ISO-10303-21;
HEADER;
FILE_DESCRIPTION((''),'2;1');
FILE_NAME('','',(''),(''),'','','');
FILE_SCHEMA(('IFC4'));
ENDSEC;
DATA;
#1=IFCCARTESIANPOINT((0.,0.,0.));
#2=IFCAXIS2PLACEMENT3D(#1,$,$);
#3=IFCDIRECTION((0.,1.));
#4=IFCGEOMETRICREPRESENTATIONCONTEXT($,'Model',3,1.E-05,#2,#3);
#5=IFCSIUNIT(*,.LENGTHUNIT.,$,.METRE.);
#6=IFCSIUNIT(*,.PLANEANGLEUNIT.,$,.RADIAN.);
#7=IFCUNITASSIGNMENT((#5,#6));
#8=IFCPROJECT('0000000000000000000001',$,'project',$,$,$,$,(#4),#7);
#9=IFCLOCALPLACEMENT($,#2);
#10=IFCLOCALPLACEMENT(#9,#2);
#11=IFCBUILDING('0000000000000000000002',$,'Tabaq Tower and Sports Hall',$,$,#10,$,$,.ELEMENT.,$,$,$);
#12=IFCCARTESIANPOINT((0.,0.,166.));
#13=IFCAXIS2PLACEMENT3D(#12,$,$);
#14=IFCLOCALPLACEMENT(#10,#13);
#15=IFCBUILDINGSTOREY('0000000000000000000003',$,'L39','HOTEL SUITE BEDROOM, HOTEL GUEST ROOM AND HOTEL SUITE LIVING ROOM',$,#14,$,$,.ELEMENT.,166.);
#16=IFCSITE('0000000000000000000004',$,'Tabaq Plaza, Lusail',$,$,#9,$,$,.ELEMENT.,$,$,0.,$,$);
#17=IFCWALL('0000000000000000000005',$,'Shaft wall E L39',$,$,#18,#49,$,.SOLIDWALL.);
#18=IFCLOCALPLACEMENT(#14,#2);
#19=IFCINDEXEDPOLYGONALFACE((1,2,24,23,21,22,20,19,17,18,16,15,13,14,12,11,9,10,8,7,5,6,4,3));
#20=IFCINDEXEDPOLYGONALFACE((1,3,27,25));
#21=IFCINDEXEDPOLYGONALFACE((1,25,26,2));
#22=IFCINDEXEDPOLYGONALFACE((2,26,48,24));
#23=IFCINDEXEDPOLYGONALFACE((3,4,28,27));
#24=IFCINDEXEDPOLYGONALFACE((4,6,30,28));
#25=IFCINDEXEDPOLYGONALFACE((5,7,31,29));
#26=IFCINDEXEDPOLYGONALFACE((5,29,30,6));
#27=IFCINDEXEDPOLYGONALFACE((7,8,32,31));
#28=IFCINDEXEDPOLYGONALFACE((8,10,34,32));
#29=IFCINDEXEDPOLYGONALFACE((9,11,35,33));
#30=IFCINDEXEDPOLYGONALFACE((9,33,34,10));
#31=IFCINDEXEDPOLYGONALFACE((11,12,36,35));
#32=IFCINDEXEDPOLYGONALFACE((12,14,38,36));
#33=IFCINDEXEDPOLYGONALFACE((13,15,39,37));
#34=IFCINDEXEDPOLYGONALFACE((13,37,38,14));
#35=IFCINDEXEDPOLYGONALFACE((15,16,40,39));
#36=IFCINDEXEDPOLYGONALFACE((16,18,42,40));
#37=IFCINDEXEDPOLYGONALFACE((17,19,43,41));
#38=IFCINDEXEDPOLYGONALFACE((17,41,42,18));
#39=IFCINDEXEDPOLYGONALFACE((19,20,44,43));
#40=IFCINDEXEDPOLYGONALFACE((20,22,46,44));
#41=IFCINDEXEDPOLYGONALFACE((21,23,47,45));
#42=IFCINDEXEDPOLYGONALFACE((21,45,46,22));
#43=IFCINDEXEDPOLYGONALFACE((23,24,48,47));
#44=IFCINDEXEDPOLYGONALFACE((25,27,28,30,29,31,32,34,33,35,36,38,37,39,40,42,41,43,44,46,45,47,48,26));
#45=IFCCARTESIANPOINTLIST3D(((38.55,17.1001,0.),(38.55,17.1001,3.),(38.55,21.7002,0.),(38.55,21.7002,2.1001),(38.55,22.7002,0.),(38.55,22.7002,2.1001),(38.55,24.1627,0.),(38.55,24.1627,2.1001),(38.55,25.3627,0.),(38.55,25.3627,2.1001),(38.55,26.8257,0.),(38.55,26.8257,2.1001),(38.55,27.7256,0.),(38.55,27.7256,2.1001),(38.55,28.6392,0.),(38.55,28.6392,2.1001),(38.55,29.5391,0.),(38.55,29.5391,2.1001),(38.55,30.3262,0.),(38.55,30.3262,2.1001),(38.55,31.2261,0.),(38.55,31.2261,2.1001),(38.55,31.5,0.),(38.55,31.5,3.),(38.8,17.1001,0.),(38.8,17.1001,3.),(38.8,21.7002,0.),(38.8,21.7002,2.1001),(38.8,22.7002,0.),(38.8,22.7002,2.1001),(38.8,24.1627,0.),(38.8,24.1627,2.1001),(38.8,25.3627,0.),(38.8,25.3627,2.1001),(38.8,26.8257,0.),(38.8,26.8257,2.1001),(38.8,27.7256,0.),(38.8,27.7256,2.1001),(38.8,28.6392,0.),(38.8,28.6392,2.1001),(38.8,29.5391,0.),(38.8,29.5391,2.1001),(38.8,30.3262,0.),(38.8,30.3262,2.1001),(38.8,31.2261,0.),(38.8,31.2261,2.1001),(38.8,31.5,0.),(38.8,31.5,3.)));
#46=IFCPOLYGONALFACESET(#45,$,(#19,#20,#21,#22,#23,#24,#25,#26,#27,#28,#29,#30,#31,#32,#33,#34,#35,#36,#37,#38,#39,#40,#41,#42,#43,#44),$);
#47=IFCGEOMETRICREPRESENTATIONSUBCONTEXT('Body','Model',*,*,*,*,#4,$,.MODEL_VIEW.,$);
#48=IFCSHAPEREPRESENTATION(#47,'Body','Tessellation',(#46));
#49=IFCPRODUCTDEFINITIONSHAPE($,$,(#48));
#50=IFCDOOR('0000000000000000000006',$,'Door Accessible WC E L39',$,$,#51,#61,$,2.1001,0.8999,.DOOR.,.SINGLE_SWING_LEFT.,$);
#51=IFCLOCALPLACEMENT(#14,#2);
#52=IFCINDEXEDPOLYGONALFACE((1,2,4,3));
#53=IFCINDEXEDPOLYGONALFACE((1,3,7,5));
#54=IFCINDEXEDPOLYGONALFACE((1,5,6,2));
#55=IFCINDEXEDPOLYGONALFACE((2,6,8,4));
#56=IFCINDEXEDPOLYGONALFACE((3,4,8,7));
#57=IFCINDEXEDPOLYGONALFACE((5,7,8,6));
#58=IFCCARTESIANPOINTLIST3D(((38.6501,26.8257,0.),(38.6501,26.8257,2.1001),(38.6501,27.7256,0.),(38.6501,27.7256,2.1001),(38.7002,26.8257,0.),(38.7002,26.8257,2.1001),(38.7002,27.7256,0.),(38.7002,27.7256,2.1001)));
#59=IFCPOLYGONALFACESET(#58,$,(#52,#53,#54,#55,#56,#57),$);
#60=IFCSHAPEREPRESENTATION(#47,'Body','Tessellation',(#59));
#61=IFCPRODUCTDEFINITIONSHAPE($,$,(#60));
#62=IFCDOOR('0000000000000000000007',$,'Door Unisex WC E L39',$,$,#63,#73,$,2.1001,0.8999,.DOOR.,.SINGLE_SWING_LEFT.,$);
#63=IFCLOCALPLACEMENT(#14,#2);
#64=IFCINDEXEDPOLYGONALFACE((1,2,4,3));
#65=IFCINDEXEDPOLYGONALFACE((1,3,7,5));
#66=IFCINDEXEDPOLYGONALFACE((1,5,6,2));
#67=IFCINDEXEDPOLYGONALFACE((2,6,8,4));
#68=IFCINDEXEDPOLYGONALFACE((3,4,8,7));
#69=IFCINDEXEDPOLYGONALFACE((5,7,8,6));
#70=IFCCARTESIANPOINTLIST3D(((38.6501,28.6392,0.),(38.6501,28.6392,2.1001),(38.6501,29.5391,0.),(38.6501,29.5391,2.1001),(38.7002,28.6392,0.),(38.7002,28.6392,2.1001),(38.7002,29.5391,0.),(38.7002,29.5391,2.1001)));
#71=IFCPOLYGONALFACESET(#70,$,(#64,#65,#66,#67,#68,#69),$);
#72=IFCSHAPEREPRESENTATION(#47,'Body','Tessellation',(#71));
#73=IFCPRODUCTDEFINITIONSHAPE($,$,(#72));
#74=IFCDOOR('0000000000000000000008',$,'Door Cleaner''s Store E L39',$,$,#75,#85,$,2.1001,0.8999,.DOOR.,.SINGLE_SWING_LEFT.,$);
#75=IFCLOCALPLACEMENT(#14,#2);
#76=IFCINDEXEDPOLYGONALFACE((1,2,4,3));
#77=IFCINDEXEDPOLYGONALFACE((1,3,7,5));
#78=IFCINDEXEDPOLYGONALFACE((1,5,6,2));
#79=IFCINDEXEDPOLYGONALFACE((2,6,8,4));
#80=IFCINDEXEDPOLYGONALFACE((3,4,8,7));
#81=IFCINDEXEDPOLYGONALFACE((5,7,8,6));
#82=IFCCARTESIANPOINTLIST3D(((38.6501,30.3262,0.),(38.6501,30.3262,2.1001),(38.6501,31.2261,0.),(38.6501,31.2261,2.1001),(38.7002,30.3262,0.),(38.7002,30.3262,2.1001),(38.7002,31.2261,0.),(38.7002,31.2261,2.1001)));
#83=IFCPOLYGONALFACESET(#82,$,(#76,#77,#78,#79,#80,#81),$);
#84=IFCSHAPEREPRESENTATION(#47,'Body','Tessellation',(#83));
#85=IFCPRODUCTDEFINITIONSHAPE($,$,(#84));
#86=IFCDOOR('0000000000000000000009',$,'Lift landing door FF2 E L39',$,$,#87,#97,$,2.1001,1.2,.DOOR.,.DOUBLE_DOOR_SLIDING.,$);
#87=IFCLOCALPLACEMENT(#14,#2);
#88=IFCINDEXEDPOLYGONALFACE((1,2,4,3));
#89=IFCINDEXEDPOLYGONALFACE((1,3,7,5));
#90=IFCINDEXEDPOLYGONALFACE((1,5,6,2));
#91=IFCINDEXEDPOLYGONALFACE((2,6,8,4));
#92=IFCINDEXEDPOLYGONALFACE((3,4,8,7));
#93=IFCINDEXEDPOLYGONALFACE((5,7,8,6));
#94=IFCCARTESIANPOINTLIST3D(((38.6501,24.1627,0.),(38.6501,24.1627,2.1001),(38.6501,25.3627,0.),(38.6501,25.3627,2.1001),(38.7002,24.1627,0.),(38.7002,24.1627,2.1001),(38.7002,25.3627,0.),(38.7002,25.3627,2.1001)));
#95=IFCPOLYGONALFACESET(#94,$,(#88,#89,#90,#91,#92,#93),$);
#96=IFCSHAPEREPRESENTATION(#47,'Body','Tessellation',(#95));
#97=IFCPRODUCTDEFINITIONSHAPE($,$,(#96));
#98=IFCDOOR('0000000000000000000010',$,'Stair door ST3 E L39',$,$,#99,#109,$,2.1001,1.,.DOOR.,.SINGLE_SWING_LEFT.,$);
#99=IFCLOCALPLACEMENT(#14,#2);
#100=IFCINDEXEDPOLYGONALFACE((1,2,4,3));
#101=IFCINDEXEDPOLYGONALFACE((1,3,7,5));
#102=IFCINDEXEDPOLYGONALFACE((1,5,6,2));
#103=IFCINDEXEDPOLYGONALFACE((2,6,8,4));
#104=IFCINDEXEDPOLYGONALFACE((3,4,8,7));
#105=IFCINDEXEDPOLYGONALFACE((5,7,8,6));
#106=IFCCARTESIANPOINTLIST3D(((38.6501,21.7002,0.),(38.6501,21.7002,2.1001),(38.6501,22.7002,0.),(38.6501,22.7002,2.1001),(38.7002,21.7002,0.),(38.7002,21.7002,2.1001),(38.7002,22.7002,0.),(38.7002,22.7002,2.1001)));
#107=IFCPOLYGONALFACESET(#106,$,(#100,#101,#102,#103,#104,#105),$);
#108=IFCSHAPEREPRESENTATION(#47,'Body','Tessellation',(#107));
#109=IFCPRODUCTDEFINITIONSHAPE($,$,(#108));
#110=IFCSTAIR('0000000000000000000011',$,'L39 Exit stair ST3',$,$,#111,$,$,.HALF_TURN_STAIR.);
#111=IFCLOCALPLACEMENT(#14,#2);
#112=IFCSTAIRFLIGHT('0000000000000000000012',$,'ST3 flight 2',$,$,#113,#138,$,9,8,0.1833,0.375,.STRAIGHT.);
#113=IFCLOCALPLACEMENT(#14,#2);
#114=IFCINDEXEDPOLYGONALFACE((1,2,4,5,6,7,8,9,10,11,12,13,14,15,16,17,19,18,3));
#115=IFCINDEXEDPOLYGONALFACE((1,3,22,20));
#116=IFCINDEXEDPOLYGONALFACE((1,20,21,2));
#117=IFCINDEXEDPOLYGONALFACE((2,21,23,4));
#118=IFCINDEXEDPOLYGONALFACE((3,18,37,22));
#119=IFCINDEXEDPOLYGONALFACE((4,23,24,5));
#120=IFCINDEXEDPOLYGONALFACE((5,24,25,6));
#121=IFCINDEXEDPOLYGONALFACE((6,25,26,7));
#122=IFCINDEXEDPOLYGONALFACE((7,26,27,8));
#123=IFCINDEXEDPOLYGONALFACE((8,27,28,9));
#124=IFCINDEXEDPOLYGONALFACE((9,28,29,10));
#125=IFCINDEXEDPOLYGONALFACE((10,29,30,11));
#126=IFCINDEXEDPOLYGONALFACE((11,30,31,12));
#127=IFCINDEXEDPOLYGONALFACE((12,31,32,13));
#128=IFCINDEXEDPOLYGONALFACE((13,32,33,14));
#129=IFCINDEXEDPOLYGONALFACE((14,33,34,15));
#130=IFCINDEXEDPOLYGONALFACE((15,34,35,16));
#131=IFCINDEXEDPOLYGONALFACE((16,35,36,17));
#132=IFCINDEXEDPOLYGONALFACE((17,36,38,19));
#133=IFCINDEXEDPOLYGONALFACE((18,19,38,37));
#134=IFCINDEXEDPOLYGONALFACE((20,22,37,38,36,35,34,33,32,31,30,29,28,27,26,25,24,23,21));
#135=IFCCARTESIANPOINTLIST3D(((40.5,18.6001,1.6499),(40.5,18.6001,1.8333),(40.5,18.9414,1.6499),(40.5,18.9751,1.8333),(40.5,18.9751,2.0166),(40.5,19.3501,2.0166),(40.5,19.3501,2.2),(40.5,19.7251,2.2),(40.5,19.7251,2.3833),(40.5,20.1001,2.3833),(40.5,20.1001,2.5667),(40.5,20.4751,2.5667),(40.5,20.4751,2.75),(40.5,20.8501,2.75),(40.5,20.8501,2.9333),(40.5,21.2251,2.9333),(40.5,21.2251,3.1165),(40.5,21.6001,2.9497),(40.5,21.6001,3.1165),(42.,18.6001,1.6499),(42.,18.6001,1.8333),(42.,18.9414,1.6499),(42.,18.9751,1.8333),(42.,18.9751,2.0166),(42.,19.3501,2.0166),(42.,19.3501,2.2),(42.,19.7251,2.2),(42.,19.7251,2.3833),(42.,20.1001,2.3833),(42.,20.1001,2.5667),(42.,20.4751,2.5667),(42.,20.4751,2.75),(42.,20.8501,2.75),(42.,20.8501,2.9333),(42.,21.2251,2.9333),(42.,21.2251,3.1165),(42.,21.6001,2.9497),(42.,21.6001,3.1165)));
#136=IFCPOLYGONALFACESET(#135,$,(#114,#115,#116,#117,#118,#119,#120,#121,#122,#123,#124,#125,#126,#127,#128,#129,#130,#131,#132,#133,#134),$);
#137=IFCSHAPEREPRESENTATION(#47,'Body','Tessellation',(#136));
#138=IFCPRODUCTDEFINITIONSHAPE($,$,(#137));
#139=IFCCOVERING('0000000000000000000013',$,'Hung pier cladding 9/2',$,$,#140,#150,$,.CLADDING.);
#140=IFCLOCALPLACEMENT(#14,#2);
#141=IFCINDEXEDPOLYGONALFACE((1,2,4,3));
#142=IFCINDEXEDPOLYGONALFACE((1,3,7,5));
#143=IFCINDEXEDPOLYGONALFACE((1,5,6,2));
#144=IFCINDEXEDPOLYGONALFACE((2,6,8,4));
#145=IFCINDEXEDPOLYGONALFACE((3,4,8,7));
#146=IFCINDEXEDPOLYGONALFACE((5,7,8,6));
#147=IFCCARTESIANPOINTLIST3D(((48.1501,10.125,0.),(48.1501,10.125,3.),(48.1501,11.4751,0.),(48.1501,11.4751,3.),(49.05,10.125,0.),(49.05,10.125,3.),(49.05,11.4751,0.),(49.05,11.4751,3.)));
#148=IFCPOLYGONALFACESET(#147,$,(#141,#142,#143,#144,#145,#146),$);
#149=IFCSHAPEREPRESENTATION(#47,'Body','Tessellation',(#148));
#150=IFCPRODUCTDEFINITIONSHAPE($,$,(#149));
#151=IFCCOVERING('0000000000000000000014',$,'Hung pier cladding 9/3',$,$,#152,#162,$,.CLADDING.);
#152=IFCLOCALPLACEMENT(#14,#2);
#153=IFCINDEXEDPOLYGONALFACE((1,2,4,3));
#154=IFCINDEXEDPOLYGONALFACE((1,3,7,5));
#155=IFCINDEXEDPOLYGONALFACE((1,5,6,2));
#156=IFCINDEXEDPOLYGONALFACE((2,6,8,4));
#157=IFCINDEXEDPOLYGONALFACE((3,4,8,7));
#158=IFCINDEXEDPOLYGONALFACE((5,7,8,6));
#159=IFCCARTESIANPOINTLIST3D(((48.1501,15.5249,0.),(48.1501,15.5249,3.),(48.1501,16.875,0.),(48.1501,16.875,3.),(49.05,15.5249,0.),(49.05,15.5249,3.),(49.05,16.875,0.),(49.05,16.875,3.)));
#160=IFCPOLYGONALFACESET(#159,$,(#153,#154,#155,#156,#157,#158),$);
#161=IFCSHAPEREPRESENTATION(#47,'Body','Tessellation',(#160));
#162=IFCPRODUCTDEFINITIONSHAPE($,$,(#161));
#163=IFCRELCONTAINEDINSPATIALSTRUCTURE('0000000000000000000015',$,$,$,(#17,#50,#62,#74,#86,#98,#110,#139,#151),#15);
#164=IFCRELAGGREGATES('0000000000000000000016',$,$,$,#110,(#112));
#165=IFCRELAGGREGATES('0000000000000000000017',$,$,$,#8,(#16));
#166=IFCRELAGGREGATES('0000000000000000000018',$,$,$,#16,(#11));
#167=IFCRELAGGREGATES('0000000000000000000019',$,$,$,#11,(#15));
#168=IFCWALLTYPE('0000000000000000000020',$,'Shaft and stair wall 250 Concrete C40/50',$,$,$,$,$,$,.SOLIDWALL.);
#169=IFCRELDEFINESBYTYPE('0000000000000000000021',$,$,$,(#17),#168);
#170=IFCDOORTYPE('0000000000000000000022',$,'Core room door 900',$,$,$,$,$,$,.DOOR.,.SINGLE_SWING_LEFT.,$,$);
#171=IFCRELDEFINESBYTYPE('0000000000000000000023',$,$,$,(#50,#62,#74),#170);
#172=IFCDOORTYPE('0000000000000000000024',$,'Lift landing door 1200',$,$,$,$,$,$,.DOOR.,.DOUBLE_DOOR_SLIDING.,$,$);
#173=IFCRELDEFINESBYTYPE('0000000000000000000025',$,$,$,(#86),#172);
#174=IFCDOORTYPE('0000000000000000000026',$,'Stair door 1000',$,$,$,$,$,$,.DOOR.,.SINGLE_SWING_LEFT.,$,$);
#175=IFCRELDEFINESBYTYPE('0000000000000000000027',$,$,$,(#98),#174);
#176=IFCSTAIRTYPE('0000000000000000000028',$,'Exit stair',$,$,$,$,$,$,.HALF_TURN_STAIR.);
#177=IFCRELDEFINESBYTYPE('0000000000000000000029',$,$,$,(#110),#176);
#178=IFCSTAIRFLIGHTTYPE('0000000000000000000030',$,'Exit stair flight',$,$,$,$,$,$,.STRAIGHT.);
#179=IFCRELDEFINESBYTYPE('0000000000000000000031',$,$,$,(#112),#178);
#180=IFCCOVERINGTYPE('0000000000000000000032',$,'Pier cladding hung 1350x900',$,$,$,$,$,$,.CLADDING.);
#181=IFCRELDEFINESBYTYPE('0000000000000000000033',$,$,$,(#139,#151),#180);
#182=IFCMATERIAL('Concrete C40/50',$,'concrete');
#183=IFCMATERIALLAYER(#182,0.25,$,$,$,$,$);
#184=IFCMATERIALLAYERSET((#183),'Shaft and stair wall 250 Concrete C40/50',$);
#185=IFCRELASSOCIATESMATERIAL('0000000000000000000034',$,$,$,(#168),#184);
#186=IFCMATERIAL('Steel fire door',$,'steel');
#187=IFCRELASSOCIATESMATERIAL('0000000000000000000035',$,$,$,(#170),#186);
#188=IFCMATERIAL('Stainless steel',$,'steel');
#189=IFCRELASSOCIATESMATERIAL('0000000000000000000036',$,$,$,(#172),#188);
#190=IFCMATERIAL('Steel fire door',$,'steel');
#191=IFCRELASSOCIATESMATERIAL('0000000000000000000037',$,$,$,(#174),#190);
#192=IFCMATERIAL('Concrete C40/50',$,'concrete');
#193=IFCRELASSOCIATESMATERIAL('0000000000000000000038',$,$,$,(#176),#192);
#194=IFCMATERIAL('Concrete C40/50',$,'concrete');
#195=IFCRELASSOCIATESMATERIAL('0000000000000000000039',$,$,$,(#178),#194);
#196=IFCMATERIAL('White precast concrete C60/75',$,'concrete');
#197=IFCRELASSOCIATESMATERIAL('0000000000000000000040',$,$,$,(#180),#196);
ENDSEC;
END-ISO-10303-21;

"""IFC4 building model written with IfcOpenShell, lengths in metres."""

from ifc_helpers import new_model, si_unit, direction, frame, frame_2d, origin, place, context, subcontext, project, spatial, polyline, rectangle, outline, extrude, material, layer, layer_set, type_object, element, fill, aggregate, save


model = new_model("IFC4")

# Units and contexts
model_context = context("Model", 3, precision=1e-05, world=origin(), true_north=direction((0.0, 1.0)))
body_context = subcontext(model_context, "Body", "Model", "MODEL_VIEW")
ifc_project = project(units=[si_unit("LENGTHUNIT", "METRE"), si_unit("PLANEANGLEUNIT", "RADIAN")], contexts=[model_context])

# Site, building, storey
site_placement = place(None, origin())
site = spatial("IfcSite", under=ifc_project, at=site_placement, Name="Tabaq Plaza, Lusail", CompositionType="ELEMENT", RefElevation=0.0)
building_placement = place(site_placement, origin())
building = spatial("IfcBuilding", under=site, at=building_placement, Name="Tabaq Tower and Sports Hall", CompositionType="ELEMENT")
storey_placement = place(building_placement, frame((0.0, 0.0, 166.0)))
storey = spatial("IfcBuildingStorey", under=building, at=storey_placement, Name="L39", Description="HOTEL SUITE BEDROOM, HOTEL GUEST ROOM AND HOTEL SUITE LIVING ROOM", CompositionType="ELEMENT", Elevation=166.0)

# Wall, openings, doors
ifc_material_1 = material(Name="Concrete C40/50", Category="concrete")
ifc_layer_1 = layer(ifc_material_1, 0.25)
ifc_layer_set_1 = layer_set([ifc_layer_1], Name="Shaft and stair wall 250 Concrete C40/50")
wall_type_1 = type_object("IfcWallType", Name="Shaft and stair wall 250 Concrete C40/50", PredefinedType="SOLIDWALL", material=ifc_layer_set_1)
wall_1_placement = place(storey_placement, frame((38.675, 17.1001, 0.0), z_axis=(0.0, 0.0, 1.0), x_axis=(0.0, 1.0, 0.0)))
wall_1 = element("IfcWall", 1, at=wall_1_placement, inside=storey, type_object=wall_type_1, Name="Shaft wall E L39", PredefinedType="SOLIDWALL", context=body_context, shape_type="SweptSolid", body=[
    extrude(rectangle(XDim=14.3999, YDim=0.25, at=frame_2d((7.2, 0.0))), origin(), (0.0, 0.0, 1.0), 3.0),
])
opening_1_placement = place(wall_1_placement, frame((4.6001, 0.0, 0.0)))
opening_1 = element("IfcOpeningElement", 2, at=opening_1_placement, cuts=wall_1, PredefinedType="OPENING", context=body_context, shape_type="SweptSolid", body=[
    extrude(rectangle(XDim=1.0, YDim=2.1001, at=frame_2d((0.5, 1.05))), frame((0.0, 0.125, 0.0), z_axis=(0.0, -1.0, 0.0), x_axis=(1.0, 0.0, 0.0)), (0.0, 0.0, 1.0), 0.25),
])
opening_2_placement = place(wall_1_placement, frame((7.0625, 0.0, 0.0)))
opening_2 = element("IfcOpeningElement", 3, at=opening_2_placement, cuts=wall_1, PredefinedType="OPENING", context=body_context, shape_type="SweptSolid", body=[
    extrude(rectangle(XDim=1.2, YDim=2.1001, at=frame_2d((0.6001, 1.05))), frame((0.0, 0.125, 0.0), z_axis=(0.0, -1.0, 0.0), x_axis=(1.0, 0.0, 0.0)), (0.0, 0.0, 1.0), 0.25),
])
opening_3_placement = place(wall_1_placement, frame((9.7256, 0.0, 0.0)))
opening_3 = element("IfcOpeningElement", 4, at=opening_3_placement, cuts=wall_1, PredefinedType="OPENING", context=body_context, shape_type="SweptSolid", body=[
    extrude(rectangle(XDim=0.8999, YDim=2.1001, at=frame_2d((0.45, 1.05))), frame((0.0, 0.125, 0.0), z_axis=(0.0, -1.0, 0.0), x_axis=(1.0, 0.0, 0.0)), (0.0, 0.0, 1.0), 0.25),
])
opening_4_placement = place(wall_1_placement, frame((11.5391, 0.0, 0.0)))
opening_4 = element("IfcOpeningElement", 5, at=opening_4_placement, cuts=wall_1, PredefinedType="OPENING", context=body_context, shape_type="SweptSolid", body=[
    extrude(rectangle(XDim=0.8999, YDim=2.1001, at=frame_2d((0.45, 1.05))), frame((0.0, 0.125, 0.0), z_axis=(0.0, -1.0, 0.0), x_axis=(1.0, 0.0, 0.0)), (0.0, 0.0, 1.0), 0.25),
])
opening_5_placement = place(wall_1_placement, frame((13.2261, 0.0, 0.0)))
opening_5 = element("IfcOpeningElement", 6, at=opening_5_placement, cuts=wall_1, PredefinedType="OPENING", context=body_context, shape_type="SweptSolid", body=[
    extrude(rectangle(XDim=0.8999, YDim=2.1001, at=frame_2d((0.45, 1.05))), frame((0.0, 0.125, 0.0), z_axis=(0.0, -1.0, 0.0), x_axis=(1.0, 0.0, 0.0)), (0.0, 0.0, 1.0), 0.25),
])
ifc_material_2 = material(Name="Steel fire door", Category="steel")
door_type_1 = type_object("IfcDoorType", Name="Core room door 900", OperationType="SINGLE_SWING_LEFT", PredefinedType="DOOR", material=ifc_material_2)
door_1_placement = place(opening_3_placement, origin())
door_1 = element("IfcDoor", 7, at=door_1_placement, inside=storey, type_object=door_type_1, Name="Door Accessible WC E L39", OperationType="SINGLE_SWING_LEFT", OverallHeight=2.1001, OverallWidth=0.8999, PredefinedType="DOOR", context=body_context, shape_type="SweptSolid", body=[
    extrude(rectangle(XDim=0.8999, YDim=2.1001, at=frame_2d((0.45, 1.05))), frame((0.0, 0.0249, 0.0), z_axis=(0.0, -1.0, 0.0), x_axis=(1.0, 0.0, 0.0)), (0.0, 0.0, 1.0), 0.05),
])
fill(opening_3, door_1)
door_2_placement = place(opening_4_placement, origin())
door_2 = element("IfcDoor", 8, at=door_2_placement, inside=storey, type_object=door_type_1, Name="Door Unisex WC E L39", OperationType="SINGLE_SWING_LEFT", OverallHeight=2.1001, OverallWidth=0.8999, PredefinedType="DOOR", context=body_context, shape_type="SweptSolid", body=[
    extrude(rectangle(XDim=0.8999, YDim=2.1001, at=frame_2d((0.45, 1.05))), frame((0.0, 0.0249, 0.0), z_axis=(0.0, -1.0, 0.0), x_axis=(1.0, 0.0, 0.0)), (0.0, 0.0, 1.0), 0.05),
])
fill(opening_4, door_2)
door_3_placement = place(opening_5_placement, origin())
door_3 = element("IfcDoor", 9, at=door_3_placement, inside=storey, type_object=door_type_1, Name="Door Cleaner's Store E L39", OperationType="SINGLE_SWING_LEFT", OverallHeight=2.1001, OverallWidth=0.8999, PredefinedType="DOOR", context=body_context, shape_type="SweptSolid", body=[
    extrude(rectangle(XDim=0.8999, YDim=2.1001, at=frame_2d((0.45, 1.05))), frame((0.0, 0.0249, 0.0), z_axis=(0.0, -1.0, 0.0), x_axis=(1.0, 0.0, 0.0)), (0.0, 0.0, 1.0), 0.05),
])
fill(opening_5, door_3)
ifc_material_3 = material(Name="Stainless steel", Category="steel")
door_type_2 = type_object("IfcDoorType", Name="Lift landing door 1200", OperationType="DOUBLE_DOOR_SLIDING", PredefinedType="DOOR", material=ifc_material_3)
door_4_placement = place(opening_2_placement, origin())
door_4 = element("IfcDoor", 10, at=door_4_placement, inside=storey, type_object=door_type_2, Name="Lift landing door FF2 E L39", OperationType="DOUBLE_DOOR_SLIDING", OverallHeight=2.1001, OverallWidth=1.2, PredefinedType="DOOR", context=body_context, shape_type="SweptSolid", body=[
    extrude(rectangle(XDim=1.2, YDim=2.1001, at=frame_2d((0.6001, 1.05))), frame((0.0, 0.0249, 0.0), z_axis=(0.0, -1.0, 0.0), x_axis=(1.0, 0.0, 0.0)), (0.0, 0.0, 1.0), 0.05),
])
fill(opening_2, door_4)
ifc_material_4 = material(Name="Steel fire door", Category="steel")
door_type_3 = type_object("IfcDoorType", Name="Stair door 1000", OperationType="SINGLE_SWING_LEFT", PredefinedType="DOOR", material=ifc_material_4)
door_5_placement = place(opening_1_placement, origin())
door_5 = element("IfcDoor", 11, at=door_5_placement, inside=storey, type_object=door_type_3, Name="Stair door ST3 E L39", OperationType="SINGLE_SWING_LEFT", OverallHeight=2.1001, OverallWidth=1.0, PredefinedType="DOOR", context=body_context, shape_type="SweptSolid", body=[
    extrude(rectangle(XDim=1.0, YDim=2.1001, at=frame_2d((0.5, 1.05))), frame((0.0, 0.0249, 0.0), z_axis=(0.0, -1.0, 0.0), x_axis=(1.0, 0.0, 0.0)), (0.0, 0.0, 1.0), 0.05),
])
fill(opening_1, door_5)

# Stair, stair flight
ifc_material_5 = material(Name="Concrete C40/50", Category="concrete")
stair_type = type_object("IfcStairType", Name="Exit stair", PredefinedType="HALF_TURN_STAIR", material=ifc_material_5)
stair_placement = place(storey_placement, origin())
stair = element("IfcStair", 12, at=stair_placement, inside=storey, type_object=stair_type, Name="L39 Exit stair ST3", PredefinedType="HALF_TURN_STAIR")
ifc_material_6 = material(Name="Concrete C40/50", Category="concrete")
stair_flight_type = type_object("IfcStairFlightType", Name="Exit stair flight", PredefinedType="STRAIGHT", material=ifc_material_6)
stair_flight_placement = place(storey_placement, frame((41.25, 18.6001, 1.6499), z_axis=(0.0, 0.0, 1.0), x_axis=(0.0, 1.0, 0.0)))
stair_flight = element("IfcStairFlight", 13, at=stair_flight_placement, type_object=stair_flight_type, Name="ST3 flight 2", NumberOfRisers=9, NumberOfTreads=8, PredefinedType="STRAIGHT", RiserHeight=0.1833, TreadLength=0.375, context=body_context, shape_type="SweptSolid", body=[
    extrude(outline(polyline([(0.0, 0.0), (0.0, 0.1833), (0.375, 0.1833), (0.375, 0.3667), (0.75, 0.3667), (0.75, 0.55), (1.125, 0.55), (1.125, 0.7334), (1.5, 0.7334), (1.5, 0.9167), (1.875, 0.9167), (1.875, 1.1001), (2.25, 1.1001), (2.25, 1.2834), (2.625, 1.2834), (2.625, 1.4666), (3.0, 1.4666), (3.0, 1.6499), (3.0, 1.2998), (0.3413, 0.0), (0.0, 0.0)])), frame((0.0, 0.75, 0.0), z_axis=(0.0, -1.0, 0.0), x_axis=(1.0, 0.0, 0.0)), (0.0, 0.0, 1.0), 1.5),
])
aggregate(stair, [stair_flight])

# Coverings
ifc_material_7 = material(Name="White precast concrete C60/75", Category="concrete")
covering_type_1 = type_object("IfcCoveringType", Name="Pier cladding hung 1350x900", PredefinedType="CLADDING", material=ifc_material_7)
for number, where, z_axis, x_axis, name in (
    (14, (48.6001, 10.125, 0.0), (0.0, 0.0, 1.0), (0.0, 1.0, 0.0), "Hung pier cladding 9/2"),
    (15, (48.6001, 15.5249, 0.0), (0.0, 0.0, 1.0), (0.0, 1.0, 0.0), "Hung pier cladding 9/3"),
):
    element("IfcCovering", number, at=place(storey_placement, frame(where, z_axis=z_axis, x_axis=x_axis)), inside=storey, type_object=covering_type_1, Name=name, PredefinedType="CLADDING", context=body_context, shape_type="SweptSolid", body=[
        extrude(rectangle(XDim=1.3501, YDim=0.8999, at=frame_2d((0.675, 0.0))), origin(), (0.0, 0.0, 1.0), 3.0),
    ])

save(model, "model.ifc")
